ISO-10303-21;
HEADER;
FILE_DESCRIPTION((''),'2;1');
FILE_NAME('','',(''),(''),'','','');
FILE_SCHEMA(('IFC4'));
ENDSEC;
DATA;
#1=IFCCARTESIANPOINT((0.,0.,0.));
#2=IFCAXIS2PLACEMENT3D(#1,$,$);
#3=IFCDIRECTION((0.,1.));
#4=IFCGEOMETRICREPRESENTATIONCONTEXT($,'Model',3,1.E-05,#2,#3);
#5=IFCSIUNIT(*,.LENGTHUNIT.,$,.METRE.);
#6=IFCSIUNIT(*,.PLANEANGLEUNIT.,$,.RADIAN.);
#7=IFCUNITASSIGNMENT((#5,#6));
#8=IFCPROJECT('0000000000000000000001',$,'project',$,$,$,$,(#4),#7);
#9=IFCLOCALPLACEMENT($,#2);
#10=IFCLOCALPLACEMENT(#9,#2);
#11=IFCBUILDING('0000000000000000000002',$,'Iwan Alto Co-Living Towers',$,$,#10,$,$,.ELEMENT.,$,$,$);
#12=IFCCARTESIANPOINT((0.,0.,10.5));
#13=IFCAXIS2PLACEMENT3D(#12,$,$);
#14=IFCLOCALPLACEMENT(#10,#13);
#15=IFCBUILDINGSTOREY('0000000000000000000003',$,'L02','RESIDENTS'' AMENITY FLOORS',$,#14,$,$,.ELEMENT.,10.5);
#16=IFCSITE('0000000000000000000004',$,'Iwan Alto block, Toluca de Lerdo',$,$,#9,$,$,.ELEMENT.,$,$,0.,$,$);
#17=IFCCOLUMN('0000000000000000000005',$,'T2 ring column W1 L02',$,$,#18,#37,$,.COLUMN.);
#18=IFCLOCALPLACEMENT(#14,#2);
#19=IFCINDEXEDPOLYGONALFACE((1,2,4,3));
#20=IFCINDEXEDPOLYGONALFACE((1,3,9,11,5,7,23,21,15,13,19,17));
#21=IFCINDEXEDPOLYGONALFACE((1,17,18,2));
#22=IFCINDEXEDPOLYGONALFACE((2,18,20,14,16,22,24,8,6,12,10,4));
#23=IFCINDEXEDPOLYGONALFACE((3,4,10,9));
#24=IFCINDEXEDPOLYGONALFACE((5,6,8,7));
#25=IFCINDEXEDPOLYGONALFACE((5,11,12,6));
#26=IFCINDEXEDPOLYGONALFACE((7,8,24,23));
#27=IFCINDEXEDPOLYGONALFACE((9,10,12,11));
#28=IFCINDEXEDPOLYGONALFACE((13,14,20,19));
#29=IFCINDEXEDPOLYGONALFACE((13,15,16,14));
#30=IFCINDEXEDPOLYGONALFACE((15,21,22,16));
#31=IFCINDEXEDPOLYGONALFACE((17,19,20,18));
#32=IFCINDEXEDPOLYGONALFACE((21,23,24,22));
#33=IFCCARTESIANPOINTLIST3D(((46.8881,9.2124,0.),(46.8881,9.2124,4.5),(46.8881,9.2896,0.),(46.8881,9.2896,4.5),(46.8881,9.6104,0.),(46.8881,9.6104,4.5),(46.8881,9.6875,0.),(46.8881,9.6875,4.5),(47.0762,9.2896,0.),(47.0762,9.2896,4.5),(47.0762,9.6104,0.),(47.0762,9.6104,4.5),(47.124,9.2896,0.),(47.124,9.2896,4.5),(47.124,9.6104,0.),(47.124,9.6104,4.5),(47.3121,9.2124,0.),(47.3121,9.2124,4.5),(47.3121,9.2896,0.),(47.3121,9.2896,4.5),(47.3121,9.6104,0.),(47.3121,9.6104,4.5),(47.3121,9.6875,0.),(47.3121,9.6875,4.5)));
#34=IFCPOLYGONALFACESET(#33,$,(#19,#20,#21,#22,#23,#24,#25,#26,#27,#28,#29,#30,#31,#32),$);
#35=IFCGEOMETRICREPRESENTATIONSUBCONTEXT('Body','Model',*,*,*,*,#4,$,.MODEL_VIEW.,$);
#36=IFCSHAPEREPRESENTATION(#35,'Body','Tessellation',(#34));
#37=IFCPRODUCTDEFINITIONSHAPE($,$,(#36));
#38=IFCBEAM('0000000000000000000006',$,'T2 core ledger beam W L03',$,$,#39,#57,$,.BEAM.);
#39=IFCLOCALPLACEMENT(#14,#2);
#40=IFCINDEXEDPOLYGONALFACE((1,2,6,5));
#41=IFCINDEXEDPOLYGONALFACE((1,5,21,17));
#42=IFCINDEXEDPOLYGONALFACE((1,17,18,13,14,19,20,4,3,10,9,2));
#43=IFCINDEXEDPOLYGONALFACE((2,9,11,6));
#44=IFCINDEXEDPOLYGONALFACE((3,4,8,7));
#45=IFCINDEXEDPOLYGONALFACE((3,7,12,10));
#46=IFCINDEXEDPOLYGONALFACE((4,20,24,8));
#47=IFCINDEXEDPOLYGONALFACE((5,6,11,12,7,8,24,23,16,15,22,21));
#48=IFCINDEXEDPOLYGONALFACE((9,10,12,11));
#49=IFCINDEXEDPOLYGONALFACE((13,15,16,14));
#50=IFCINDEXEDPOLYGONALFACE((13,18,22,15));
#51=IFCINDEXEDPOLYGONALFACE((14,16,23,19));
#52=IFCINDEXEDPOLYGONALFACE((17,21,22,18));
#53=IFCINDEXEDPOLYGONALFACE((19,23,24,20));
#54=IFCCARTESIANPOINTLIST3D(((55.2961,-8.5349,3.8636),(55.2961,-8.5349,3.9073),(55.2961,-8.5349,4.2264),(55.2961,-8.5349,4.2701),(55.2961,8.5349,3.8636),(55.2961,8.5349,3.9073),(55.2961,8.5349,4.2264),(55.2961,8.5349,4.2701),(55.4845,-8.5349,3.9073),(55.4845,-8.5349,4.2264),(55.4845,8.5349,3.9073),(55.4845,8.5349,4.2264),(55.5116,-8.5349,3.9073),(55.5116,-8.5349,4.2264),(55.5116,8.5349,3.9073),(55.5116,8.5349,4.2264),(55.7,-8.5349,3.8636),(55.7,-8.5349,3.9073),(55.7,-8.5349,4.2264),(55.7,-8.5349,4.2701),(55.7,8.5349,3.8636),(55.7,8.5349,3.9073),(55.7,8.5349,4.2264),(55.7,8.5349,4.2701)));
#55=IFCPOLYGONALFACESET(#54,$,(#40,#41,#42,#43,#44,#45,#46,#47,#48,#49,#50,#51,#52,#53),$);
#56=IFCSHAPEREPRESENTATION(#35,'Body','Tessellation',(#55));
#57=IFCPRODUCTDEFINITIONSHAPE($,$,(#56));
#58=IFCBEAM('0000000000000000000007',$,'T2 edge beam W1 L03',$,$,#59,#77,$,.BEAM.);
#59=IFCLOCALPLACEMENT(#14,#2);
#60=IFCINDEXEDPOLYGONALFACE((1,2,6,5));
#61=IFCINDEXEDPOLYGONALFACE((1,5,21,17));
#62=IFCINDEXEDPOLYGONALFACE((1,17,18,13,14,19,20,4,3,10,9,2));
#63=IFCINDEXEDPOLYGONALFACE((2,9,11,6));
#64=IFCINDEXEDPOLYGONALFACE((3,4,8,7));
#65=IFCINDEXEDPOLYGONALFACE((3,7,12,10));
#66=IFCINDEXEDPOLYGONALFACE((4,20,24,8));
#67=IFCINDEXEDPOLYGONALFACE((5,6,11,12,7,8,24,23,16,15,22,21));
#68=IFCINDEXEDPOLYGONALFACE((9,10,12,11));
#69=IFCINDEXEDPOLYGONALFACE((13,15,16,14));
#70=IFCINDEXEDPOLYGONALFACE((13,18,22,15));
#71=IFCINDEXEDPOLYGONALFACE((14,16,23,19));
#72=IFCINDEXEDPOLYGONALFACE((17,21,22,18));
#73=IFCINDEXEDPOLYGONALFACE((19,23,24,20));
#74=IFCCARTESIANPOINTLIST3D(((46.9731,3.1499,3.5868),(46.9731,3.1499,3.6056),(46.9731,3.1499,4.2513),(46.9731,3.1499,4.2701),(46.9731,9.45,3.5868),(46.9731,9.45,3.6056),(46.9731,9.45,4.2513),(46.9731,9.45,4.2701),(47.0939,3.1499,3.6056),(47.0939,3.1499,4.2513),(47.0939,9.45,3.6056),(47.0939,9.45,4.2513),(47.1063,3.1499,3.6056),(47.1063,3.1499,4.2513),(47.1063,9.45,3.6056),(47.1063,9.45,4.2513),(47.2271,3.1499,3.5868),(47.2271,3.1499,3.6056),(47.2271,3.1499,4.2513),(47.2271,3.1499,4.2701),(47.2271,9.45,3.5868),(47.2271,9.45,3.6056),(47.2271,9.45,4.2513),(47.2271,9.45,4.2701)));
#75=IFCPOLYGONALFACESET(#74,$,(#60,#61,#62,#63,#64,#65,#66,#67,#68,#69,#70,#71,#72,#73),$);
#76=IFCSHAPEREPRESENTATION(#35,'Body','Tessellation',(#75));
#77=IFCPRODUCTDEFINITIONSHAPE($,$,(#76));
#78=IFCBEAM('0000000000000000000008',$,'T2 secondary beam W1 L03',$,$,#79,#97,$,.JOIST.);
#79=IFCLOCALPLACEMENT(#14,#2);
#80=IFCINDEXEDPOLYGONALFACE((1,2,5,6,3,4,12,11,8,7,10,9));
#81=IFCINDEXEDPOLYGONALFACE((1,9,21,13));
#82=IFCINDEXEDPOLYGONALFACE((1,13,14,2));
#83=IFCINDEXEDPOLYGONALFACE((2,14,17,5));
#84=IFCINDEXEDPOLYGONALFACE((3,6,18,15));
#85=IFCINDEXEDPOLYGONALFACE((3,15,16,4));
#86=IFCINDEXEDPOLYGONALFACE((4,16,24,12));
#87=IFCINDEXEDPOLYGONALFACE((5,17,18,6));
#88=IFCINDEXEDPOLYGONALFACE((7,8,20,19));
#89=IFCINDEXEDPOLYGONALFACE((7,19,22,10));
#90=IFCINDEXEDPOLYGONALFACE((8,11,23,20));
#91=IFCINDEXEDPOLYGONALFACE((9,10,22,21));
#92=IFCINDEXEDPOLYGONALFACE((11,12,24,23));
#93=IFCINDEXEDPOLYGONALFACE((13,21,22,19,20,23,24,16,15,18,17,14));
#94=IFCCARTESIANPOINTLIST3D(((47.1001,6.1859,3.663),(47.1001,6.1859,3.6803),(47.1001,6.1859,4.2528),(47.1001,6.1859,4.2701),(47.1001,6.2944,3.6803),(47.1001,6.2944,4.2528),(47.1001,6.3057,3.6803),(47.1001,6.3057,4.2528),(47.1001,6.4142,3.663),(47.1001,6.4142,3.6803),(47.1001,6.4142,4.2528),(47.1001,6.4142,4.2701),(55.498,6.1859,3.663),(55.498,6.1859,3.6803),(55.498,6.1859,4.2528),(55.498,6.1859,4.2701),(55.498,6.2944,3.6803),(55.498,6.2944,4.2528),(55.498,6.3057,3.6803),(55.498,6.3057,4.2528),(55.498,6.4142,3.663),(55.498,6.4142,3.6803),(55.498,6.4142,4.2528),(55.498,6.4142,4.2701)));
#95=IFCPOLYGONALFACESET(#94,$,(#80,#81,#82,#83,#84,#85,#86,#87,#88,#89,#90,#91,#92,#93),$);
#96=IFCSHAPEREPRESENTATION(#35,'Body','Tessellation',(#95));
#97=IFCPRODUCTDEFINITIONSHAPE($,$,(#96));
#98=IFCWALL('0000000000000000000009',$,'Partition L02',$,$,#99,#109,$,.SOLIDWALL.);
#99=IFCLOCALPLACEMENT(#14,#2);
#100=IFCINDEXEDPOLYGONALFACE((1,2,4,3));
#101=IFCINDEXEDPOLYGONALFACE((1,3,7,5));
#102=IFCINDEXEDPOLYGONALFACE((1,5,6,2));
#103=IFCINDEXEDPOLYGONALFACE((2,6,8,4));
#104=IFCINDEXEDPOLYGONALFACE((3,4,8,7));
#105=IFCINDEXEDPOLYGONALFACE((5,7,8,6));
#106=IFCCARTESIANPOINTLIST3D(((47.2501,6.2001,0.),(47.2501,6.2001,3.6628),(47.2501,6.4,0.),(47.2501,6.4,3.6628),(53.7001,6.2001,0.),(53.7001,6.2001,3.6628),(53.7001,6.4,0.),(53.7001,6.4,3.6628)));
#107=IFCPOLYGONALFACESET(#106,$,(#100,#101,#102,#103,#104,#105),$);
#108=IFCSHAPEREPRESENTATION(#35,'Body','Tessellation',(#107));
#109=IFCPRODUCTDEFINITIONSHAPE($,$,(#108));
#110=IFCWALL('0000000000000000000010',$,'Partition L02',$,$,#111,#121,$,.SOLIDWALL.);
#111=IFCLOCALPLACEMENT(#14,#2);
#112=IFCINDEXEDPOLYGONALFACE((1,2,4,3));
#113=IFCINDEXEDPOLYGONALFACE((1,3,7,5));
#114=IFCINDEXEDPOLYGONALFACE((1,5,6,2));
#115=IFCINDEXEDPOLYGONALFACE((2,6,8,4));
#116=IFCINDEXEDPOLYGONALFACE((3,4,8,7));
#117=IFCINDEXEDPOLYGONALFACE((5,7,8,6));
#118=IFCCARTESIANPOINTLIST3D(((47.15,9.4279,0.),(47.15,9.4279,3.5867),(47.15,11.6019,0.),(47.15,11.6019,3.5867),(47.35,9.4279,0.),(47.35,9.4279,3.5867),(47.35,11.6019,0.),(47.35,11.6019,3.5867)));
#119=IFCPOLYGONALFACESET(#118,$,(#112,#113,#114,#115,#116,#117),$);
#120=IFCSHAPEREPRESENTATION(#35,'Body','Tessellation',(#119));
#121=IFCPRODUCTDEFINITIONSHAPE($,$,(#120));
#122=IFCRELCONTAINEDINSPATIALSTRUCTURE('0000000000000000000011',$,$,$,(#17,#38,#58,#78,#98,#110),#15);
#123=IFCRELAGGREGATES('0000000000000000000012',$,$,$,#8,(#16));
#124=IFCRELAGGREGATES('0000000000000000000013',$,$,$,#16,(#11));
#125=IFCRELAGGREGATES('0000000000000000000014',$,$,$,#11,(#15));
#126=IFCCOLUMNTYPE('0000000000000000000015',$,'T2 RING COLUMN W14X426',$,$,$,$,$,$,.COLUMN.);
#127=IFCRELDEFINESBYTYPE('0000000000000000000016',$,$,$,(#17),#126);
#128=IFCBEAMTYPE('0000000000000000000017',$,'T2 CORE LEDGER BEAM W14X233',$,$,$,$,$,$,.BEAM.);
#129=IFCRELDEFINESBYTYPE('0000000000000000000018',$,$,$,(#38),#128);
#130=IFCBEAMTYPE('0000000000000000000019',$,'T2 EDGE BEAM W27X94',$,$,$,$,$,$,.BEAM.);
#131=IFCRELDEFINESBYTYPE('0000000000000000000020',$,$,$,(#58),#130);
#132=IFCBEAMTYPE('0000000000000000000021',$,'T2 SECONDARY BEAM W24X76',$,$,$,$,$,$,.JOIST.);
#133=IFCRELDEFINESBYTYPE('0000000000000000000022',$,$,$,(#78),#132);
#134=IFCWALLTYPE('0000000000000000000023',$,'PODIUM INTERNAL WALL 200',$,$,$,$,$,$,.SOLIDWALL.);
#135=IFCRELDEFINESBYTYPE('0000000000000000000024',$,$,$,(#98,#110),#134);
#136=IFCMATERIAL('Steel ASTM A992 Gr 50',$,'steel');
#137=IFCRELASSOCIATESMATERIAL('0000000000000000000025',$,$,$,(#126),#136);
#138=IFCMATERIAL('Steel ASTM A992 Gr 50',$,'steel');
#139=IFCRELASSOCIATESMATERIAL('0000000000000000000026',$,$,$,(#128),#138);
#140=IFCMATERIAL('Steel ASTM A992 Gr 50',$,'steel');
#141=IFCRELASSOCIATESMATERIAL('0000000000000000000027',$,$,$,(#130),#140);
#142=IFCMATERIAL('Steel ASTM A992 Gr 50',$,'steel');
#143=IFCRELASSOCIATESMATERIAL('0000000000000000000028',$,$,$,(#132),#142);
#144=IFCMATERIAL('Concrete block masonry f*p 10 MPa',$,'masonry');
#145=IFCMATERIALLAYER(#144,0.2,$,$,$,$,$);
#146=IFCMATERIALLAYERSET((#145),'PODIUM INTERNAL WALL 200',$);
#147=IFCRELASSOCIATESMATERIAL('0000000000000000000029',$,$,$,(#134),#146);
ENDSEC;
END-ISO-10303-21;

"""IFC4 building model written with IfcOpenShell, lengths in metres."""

from ifc_helpers import new_model, si_unit, direction, frame, frame_2d, origin, origin_2d, place, context, subcontext, project, spatial, rectangle, i_section, extrude, material, layer, layer_set, material_profile, profile_set, type_object, element, save


model = new_model("IFC4")

# Units and contexts
model_context = context("Model", 3, precision=1e-05, world=origin(), true_north=direction((0.0, 1.0)))
body_context = subcontext(model_context, "Body", "Model", "MODEL_VIEW")
ifc_project = project(units=[si_unit("LENGTHUNIT", "METRE"), si_unit("PLANEANGLEUNIT", "RADIAN")], contexts=[model_context])

# Site, building, storey
site_placement = place(None, origin())
site = spatial("IfcSite", under=ifc_project, at=site_placement, Name="Iwan Alto block, Toluca de Lerdo", CompositionType="ELEMENT", RefElevation=0.0)
building_placement = place(site_placement, origin())
building = spatial("IfcBuilding", under=site, at=building_placement, Name="Iwan Alto Co-Living Towers", CompositionType="ELEMENT")
storey_placement = place(building_placement, frame((0.0, 0.0, 10.5)))
storey = spatial("IfcBuildingStorey", under=building, at=storey_placement, Name="L02", Description="RESIDENTS' AMENITY FLOORS", CompositionType="ELEMENT", Elevation=10.5)

# Column
ifc_material_1 = material(Name="Steel ASTM A992 Gr 50", Category="steel")
ifc_material_profile_1 = material_profile(ifc_material_1, i_section(OverallWidth=0.4241, OverallDepth=0.4751, WebThickness=0.0479, FlangeThickness=0.0771, at=origin_2d()), Name="W14X426")
ifc_profile_set_1 = profile_set([ifc_material_profile_1], Name="Steel ASTM A992 Gr 50")
column_type = type_object("IfcColumnType", Name="T2 RING COLUMN W14X426", PredefinedType="COLUMN", material=ifc_profile_set_1)
column_placement = place(storey_placement, frame((47.1001, 9.45, 0.0), z_axis=(0.0, 0.0, 1.0), x_axis=(1.0, 0.0, 0.0)))
element("IfcColumn", 1, at=column_placement, inside=storey, type_object=column_type, Name="T2 ring column W1 L02", PredefinedType="COLUMN", context=body_context, shape_type="SweptSolid", body=[
    extrude(i_section(OverallWidth=0.4241, OverallDepth=0.4751, WebThickness=0.0479, FlangeThickness=0.0771, at=origin_2d()), origin(), (0.0, 0.0, 1.0), 4.5),
])

# Beams
ifc_material_2 = material(Name="Steel ASTM A992 Gr 50", Category="steel")
ifc_material_profile_2 = material_profile(ifc_material_2, i_section(OverallWidth=0.4038, OverallDepth=0.4065, WebThickness=0.0271, FlangeThickness=0.0437, at=origin_2d()), Name="W14X233")
ifc_profile_set_2 = profile_set([ifc_material_profile_2], Name="Steel ASTM A992 Gr 50")
beam_type_1 = type_object("IfcBeamType", Name="T2 CORE LEDGER BEAM W14X233", PredefinedType="BEAM", material=ifc_profile_set_2)
beam_1_placement = place(storey_placement, frame((55.498, 8.5349, 4.0669), z_axis=(0.0, -1.0, 0.0), x_axis=(1.0, 0.0, 0.0)))
element("IfcBeam", 2, at=beam_1_placement, inside=storey, type_object=beam_type_1, Name="T2 core ledger beam W L03", PredefinedType="BEAM", context=body_context, shape_type="SweptSolid", body=[
    extrude(i_section(OverallWidth=0.4038, OverallDepth=0.4065, WebThickness=0.0271, FlangeThickness=0.0437, at=origin_2d()), origin(), (0.0, 0.0, 1.0), 17.0698),
])
ifc_material_3 = material(Name="Steel ASTM A992 Gr 50", Category="steel")
ifc_material_profile_3 = material_profile(ifc_material_3, i_section(OverallWidth=0.2539, OverallDepth=0.6833, WebThickness=0.0125, FlangeThickness=0.0188, at=origin_2d()), Name="W27X94")
ifc_profile_set_3 = profile_set([ifc_material_profile_3], Name="Steel ASTM A992 Gr 50")
beam_type_2 = type_object("IfcBeamType", Name="T2 EDGE BEAM W27X94", PredefinedType="BEAM", material=ifc_profile_set_3)
beam_2_placement = place(storey_placement, frame((47.1001, 9.45, 3.9285), z_axis=(0.0, -1.0, 0.0), x_axis=(1.0, 0.0, 0.0)))
element("IfcBeam", 3, at=beam_2_placement, inside=storey, type_object=beam_type_2, Name="T2 edge beam W1 L03", PredefinedType="BEAM", context=body_context, shape_type="SweptSolid", body=[
    extrude(i_section(OverallWidth=0.2539, OverallDepth=0.6833, WebThickness=0.0125, FlangeThickness=0.0188, at=origin_2d()), origin(), (0.0, 0.0, 1.0), 6.3),
])
ifc_material_4 = material(Name="Steel ASTM A992 Gr 50", Category="steel")
ifc_material_profile_4 = material_profile(ifc_material_4, i_section(OverallWidth=0.2283, OverallDepth=0.6072, WebThickness=0.0112, FlangeThickness=0.0173, at=origin_2d()), Name="W24X76")
ifc_profile_set_4 = profile_set([ifc_material_profile_4], Name="Steel ASTM A992 Gr 50")
beam_type_3 = type_object("IfcBeamType", Name="T2 SECONDARY BEAM W24X76", PredefinedType="JOIST", material=ifc_profile_set_4)
beam_3_placement = place(storey_placement, frame((47.1001, 6.3, 3.9666), z_axis=(1.0, 0.0, 0.0), x_axis=(0.0, 1.0, 0.0)))
element("IfcBeam", 4, at=beam_3_placement, inside=storey, type_object=beam_type_3, Name="T2 secondary beam W1 L03", PredefinedType="JOIST", context=body_context, shape_type="SweptSolid", body=[
    extrude(i_section(OverallWidth=0.2283, OverallDepth=0.6072, WebThickness=0.0112, FlangeThickness=0.0173, at=origin_2d()), origin(), (0.0, 0.0, 1.0), 8.3979),
])

# Walls
ifc_material_5 = material(Name="Concrete block masonry f*p 10 MPa", Category="masonry")
ifc_layer_1 = layer(ifc_material_5, 0.2)
ifc_layer_set_1 = layer_set([ifc_layer_1], Name="PODIUM INTERNAL WALL 200")
wall_type_1 = type_object("IfcWallType", Name="PODIUM INTERNAL WALL 200", PredefinedType="SOLIDWALL", material=ifc_layer_set_1)
wall_1_placement = place(storey_placement, frame((47.25, 6.3, 0.0), z_axis=(0.0, 0.0, 1.0), x_axis=(1.0, 0.0, 0.0)))
element("IfcWall", 5, at=wall_1_placement, inside=storey, type_object=wall_type_1, Name="Partition L02", PredefinedType="SOLIDWALL", context=body_context, shape_type="SweptSolid", body=[
    extrude(rectangle(XDim=6.45, YDim=0.2, at=frame_2d((3.2251, 0.0))), origin(), (0.0, 0.0, 1.0), 3.6628),
])
wall_2_placement = place(storey_placement, frame((47.25, 9.428, 0.0), z_axis=(0.0, 0.0, 1.0), x_axis=(0.0, 1.0, 0.0)))
element("IfcWall", 6, at=wall_2_placement, inside=storey, type_object=wall_type_1, Name="Partition L02", PredefinedType="SOLIDWALL", context=body_context, shape_type="SweptSolid", body=[
    extrude(rectangle(XDim=2.1741, YDim=0.2, at=frame_2d((1.0869, 0.0))), origin(), (0.0, 0.0, 1.0), 3.5867),
])

save(model, "model.ifc")
